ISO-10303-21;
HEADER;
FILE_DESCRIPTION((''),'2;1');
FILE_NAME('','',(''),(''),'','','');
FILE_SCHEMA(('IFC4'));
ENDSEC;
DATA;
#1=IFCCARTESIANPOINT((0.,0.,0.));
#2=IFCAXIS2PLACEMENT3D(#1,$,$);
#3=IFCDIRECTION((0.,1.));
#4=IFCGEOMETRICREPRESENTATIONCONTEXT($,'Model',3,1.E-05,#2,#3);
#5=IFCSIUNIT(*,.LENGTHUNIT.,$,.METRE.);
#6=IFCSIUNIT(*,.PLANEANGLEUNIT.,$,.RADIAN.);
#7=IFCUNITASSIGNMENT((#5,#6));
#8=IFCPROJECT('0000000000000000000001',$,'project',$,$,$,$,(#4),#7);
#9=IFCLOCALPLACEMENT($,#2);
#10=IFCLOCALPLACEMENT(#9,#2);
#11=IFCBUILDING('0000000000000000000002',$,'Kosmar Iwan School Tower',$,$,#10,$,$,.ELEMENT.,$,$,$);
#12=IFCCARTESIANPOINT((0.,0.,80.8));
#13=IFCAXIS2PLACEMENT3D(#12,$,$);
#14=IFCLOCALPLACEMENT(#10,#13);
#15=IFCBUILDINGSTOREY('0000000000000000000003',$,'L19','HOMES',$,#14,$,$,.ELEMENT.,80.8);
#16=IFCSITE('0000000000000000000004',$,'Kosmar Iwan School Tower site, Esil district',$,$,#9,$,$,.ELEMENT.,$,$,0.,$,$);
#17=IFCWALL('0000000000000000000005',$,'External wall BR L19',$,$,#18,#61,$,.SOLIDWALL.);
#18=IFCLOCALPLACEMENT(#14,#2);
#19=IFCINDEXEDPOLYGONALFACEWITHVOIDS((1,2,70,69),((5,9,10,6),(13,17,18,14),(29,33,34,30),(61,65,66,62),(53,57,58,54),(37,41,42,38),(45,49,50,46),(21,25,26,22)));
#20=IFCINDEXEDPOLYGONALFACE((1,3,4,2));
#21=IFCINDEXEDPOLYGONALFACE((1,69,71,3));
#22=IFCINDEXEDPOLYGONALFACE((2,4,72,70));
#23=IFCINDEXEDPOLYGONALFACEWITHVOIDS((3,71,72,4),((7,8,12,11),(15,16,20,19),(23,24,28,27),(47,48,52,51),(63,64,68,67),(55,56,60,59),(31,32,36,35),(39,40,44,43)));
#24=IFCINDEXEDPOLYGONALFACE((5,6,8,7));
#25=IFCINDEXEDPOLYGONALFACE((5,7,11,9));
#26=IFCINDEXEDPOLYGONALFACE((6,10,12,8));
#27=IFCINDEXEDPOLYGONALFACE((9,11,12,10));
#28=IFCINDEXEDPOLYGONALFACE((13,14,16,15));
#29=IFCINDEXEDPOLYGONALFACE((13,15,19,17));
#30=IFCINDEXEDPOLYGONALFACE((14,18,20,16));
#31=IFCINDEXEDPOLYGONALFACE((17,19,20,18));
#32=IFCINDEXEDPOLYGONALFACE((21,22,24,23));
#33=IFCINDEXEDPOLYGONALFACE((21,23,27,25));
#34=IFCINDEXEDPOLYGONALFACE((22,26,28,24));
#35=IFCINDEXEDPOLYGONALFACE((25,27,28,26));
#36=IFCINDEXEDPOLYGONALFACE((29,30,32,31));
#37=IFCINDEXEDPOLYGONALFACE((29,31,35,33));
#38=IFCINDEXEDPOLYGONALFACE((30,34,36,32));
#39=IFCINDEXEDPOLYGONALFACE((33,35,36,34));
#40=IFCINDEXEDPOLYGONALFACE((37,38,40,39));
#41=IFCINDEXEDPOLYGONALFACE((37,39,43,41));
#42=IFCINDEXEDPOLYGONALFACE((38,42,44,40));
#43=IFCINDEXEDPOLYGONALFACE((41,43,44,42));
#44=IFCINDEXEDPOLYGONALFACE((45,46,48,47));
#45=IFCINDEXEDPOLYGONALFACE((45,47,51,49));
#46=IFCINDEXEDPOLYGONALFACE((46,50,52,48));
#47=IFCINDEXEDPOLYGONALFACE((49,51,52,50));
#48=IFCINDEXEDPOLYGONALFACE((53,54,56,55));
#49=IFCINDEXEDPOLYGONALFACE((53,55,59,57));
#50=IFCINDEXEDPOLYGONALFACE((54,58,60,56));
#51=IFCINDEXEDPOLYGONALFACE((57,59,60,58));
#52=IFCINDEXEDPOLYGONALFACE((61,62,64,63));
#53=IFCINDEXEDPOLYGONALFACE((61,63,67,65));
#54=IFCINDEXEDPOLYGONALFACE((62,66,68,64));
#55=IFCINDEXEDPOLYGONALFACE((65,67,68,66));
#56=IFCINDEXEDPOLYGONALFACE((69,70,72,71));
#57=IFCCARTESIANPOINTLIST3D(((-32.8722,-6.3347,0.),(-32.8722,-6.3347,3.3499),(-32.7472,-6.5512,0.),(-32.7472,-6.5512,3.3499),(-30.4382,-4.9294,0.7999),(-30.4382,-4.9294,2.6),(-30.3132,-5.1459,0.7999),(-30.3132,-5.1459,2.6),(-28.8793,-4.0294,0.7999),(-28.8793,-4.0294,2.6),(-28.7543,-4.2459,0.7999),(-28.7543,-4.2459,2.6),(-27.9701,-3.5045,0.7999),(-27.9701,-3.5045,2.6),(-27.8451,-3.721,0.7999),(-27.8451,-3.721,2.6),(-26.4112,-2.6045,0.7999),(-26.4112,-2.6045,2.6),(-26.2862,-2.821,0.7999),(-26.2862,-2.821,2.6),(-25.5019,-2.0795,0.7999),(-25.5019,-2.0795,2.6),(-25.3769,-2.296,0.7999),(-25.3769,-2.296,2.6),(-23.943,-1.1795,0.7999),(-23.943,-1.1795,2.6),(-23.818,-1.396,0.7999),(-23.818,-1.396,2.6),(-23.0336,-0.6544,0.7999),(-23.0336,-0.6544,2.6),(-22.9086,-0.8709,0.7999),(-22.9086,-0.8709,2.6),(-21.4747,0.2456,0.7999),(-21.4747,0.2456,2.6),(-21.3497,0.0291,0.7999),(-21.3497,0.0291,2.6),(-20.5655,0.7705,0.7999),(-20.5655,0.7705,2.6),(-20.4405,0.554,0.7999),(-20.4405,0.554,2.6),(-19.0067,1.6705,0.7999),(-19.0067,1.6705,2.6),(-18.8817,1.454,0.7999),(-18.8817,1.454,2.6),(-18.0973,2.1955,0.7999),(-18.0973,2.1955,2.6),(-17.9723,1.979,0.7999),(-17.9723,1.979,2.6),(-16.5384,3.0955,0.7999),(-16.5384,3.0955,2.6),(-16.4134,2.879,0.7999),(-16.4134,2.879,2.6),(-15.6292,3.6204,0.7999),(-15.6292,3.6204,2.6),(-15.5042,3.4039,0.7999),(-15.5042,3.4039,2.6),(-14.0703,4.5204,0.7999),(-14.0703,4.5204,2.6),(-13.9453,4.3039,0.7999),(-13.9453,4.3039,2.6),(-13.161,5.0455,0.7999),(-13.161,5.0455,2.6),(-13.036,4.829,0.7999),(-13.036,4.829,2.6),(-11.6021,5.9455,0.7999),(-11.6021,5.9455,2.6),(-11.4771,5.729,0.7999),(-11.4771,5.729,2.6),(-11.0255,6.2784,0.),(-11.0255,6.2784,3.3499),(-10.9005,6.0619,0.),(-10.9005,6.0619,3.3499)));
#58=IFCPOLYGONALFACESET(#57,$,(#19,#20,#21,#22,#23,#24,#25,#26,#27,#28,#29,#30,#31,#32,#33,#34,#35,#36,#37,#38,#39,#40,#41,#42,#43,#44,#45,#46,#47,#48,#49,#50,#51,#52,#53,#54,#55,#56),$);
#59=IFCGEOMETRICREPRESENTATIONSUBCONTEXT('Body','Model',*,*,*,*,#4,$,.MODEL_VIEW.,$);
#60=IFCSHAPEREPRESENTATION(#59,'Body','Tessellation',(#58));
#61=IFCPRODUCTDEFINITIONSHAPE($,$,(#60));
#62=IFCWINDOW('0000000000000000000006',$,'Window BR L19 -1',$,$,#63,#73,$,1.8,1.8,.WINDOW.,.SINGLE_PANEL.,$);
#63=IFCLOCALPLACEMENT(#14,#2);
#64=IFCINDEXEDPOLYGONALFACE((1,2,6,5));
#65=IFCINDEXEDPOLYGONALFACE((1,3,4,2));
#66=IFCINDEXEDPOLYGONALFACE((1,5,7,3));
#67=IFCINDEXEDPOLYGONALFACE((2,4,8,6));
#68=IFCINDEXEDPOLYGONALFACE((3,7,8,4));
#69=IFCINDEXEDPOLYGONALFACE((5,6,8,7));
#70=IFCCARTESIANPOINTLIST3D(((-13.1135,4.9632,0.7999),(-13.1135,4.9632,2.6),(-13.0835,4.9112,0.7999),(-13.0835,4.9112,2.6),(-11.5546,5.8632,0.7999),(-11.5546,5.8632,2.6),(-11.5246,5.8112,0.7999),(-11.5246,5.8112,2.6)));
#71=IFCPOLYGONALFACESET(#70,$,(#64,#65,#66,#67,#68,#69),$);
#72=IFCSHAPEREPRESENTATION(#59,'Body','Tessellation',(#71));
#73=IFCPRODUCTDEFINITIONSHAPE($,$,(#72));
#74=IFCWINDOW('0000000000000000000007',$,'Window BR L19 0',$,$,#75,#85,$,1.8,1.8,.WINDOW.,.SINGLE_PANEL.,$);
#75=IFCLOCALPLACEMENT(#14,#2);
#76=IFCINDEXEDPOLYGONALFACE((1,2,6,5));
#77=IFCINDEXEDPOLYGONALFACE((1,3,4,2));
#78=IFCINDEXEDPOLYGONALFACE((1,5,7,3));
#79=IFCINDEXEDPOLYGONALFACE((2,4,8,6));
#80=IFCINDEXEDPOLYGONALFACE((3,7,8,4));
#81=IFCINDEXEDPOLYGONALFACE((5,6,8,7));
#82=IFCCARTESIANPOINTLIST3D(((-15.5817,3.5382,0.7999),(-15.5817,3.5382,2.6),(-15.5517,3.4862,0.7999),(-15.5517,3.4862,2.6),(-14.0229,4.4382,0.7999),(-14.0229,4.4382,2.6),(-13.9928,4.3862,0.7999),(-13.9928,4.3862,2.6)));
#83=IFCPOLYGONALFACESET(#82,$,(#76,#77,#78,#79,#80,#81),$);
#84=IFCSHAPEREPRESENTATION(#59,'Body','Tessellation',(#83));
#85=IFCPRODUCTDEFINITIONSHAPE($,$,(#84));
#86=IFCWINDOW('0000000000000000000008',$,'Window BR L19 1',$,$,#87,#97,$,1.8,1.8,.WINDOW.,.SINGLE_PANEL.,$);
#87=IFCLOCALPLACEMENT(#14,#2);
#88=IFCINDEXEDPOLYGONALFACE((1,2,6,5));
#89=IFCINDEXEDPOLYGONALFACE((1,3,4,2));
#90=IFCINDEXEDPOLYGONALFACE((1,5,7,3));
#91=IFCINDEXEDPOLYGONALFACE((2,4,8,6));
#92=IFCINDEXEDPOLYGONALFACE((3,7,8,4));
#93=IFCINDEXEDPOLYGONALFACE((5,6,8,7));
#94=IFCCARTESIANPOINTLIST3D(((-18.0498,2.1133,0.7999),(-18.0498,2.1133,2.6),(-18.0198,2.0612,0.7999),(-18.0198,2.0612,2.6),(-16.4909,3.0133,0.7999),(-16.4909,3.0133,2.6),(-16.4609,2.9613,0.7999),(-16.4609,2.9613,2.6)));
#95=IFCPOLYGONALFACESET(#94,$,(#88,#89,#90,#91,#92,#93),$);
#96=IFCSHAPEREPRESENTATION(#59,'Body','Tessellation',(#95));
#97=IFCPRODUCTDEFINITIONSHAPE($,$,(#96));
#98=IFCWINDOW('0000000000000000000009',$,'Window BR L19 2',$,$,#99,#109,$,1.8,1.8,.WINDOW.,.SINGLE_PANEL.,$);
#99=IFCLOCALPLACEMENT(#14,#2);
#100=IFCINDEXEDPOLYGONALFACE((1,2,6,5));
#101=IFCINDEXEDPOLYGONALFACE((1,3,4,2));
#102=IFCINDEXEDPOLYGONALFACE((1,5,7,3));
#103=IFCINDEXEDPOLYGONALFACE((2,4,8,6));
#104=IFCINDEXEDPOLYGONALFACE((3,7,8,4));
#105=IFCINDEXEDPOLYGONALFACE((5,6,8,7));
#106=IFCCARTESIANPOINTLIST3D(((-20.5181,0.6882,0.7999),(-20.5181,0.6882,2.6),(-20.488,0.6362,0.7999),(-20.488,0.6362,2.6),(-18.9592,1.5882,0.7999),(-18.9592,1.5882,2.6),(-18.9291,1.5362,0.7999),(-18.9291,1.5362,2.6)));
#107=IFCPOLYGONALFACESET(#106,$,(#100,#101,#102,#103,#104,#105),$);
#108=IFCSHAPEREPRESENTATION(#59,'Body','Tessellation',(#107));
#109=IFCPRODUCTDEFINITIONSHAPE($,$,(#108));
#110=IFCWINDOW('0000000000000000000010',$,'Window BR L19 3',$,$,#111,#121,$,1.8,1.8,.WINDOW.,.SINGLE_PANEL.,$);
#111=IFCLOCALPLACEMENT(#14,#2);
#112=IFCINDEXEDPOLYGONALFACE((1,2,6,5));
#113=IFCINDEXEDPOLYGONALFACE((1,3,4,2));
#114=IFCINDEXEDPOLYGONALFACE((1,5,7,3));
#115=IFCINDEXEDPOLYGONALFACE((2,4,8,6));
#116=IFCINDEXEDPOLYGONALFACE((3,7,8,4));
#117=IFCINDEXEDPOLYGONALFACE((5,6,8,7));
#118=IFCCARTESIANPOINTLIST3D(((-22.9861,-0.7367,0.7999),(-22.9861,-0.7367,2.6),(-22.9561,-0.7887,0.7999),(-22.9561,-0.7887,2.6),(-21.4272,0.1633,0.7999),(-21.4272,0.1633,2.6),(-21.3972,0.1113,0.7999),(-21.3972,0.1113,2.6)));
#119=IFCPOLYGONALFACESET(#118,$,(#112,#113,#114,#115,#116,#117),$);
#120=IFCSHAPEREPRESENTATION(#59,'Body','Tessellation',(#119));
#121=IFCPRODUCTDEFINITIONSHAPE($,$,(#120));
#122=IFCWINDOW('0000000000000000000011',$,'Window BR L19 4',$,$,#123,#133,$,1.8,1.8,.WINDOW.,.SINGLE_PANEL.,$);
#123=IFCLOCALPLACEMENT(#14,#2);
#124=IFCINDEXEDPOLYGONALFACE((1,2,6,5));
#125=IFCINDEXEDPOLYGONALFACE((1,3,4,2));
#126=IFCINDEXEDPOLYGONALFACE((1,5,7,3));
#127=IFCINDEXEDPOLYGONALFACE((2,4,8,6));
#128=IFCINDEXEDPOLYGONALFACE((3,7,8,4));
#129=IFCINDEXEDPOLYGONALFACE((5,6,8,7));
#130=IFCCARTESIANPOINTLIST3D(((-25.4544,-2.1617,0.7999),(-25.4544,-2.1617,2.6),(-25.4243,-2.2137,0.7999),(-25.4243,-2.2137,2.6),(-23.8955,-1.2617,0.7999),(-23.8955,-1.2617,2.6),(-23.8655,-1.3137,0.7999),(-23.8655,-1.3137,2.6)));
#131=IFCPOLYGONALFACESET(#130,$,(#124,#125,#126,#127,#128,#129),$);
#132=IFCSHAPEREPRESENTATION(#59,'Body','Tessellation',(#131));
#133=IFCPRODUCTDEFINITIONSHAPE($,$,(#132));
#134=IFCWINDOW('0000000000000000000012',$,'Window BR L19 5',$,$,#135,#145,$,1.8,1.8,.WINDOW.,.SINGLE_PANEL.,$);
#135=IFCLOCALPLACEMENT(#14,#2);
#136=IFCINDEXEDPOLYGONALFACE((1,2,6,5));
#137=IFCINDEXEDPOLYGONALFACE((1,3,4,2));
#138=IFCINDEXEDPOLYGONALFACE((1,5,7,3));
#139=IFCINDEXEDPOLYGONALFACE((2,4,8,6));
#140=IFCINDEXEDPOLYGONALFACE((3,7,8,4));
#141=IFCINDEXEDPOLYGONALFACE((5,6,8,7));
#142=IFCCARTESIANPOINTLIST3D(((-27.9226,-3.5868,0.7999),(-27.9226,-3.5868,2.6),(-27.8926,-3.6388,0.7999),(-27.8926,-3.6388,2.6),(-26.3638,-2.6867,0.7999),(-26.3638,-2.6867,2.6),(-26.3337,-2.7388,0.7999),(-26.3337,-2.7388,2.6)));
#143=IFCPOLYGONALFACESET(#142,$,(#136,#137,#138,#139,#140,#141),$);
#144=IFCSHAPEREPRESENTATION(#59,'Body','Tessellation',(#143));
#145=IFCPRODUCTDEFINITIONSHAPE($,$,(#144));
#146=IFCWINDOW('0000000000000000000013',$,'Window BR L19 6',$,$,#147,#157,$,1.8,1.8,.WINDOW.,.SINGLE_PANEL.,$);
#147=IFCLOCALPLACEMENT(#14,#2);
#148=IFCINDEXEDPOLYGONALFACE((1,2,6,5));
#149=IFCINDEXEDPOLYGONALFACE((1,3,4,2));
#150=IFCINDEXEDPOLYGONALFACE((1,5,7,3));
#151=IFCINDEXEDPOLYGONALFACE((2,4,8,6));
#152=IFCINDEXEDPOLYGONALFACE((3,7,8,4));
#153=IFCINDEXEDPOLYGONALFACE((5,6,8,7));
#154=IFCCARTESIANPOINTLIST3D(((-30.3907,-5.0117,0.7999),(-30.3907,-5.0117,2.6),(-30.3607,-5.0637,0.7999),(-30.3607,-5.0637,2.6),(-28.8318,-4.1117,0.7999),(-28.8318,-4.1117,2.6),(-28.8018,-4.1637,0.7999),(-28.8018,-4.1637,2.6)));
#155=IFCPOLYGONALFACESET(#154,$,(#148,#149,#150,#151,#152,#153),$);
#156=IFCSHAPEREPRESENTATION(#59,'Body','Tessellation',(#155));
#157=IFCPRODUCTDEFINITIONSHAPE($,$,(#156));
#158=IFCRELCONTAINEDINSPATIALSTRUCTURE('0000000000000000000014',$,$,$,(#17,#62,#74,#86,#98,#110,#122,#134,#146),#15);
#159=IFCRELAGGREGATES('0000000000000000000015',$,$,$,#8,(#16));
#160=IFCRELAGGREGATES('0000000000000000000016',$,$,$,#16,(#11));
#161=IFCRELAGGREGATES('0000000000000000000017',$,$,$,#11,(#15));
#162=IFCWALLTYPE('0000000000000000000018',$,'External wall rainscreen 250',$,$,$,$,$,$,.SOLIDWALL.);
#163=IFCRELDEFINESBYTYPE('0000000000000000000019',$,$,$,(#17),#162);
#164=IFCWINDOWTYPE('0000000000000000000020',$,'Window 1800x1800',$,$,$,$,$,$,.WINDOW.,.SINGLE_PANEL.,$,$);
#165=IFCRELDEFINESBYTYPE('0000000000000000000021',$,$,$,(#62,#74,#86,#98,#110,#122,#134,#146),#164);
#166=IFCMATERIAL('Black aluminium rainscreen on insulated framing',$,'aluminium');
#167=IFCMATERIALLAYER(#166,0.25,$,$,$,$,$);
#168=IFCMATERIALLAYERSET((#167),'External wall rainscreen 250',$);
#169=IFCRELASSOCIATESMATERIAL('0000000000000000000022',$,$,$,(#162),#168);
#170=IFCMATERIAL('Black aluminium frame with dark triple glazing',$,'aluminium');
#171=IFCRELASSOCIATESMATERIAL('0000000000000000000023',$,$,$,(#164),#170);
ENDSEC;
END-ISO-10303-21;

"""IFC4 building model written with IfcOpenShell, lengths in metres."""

from ifc_helpers import new_model, si_unit, direction, frame, frame_2d, origin, place, context, subcontext, project, spatial, rectangle, extrude, material, layer, layer_set, type_object, element, fill, save


model = new_model("IFC4")

# Units and contexts
model_context = context("Model", 3, precision=1e-05, world=origin(), true_north=direction((0.0, 1.0)))
body_context = subcontext(model_context, "Body", "Model", "MODEL_VIEW")
ifc_project = project(units=[si_unit("LENGTHUNIT", "METRE"), si_unit("PLANEANGLEUNIT", "RADIAN")], contexts=[model_context])

# Site, building, storey
site_placement = place(None, origin())
site = spatial("IfcSite", under=ifc_project, at=site_placement, Name="Kosmar Iwan School Tower site, Esil district", CompositionType="ELEMENT", RefElevation=0.0)
building_placement = place(site_placement, origin())
building = spatial("IfcBuilding", under=site, at=building_placement, Name="Kosmar Iwan School Tower", CompositionType="ELEMENT")
storey_placement = place(building_placement, frame((0.0, 0.0, 80.8)))
storey = spatial("IfcBuildingStorey", under=building, at=storey_placement, Name="L19", Description="HOMES", CompositionType="ELEMENT", Elevation=80.8)

# Wall, openings, windows
ifc_material_1 = material(Name="Black aluminium rainscreen on insulated framing", Category="aluminium")
ifc_layer_1 = layer(ifc_material_1, 0.25)
ifc_layer_set_1 = layer_set([ifc_layer_1], Name="External wall rainscreen 250")
wall_type_1 = type_object("IfcWallType", Name="External wall rainscreen 250", PredefinedType="SOLIDWALL", material=ifc_layer_set_1)
ifc_material_2 = material(Name="Black aluminium frame with dark triple glazing", Category="aluminium")
window_type = type_object("IfcWindowType", Name="Window 1800x1800", PartitioningType="SINGLE_PANEL", PredefinedType="WINDOW", material=ifc_material_2)
wall_1_placement = place(storey_placement, frame((-10.9629, 6.1702, 0.0), z_axis=(0.0, 0.0, 1.0), x_axis=(-0.866028, -0.499996, 0.0)))
wall_1 = element("IfcWall", 1, at=wall_1_placement, inside=storey, type_object=wall_type_1, Name="External wall BR L19", PredefinedType="SOLIDWALL", context=body_context, shape_type="SweptSolid", body=[
    extrude(rectangle(XDim=25.2263, YDim=0.25, at=frame_2d((12.6133, 0.0))), origin(), (0.0, 0.0, 1.0), 3.3499),
])
opening_1_placement = place(wall_1_placement, frame((0.666, 0.0, 0.8)))
opening_1 = element("IfcOpeningElement", 2, at=opening_1_placement, cuts=wall_1, PredefinedType="OPENING", context=body_context, shape_type="SweptSolid", body=[
    extrude(rectangle(XDim=1.8, YDim=1.8, at=frame_2d((0.8999, 0.8999))), frame((0.0, 0.137, 0.0), z_axis=(0.0, -1.0, 0.0), x_axis=(1.0, 0.0, 0.0)), (0.0, 0.0, 1.0), 0.2739),
])
opening_2_placement = place(wall_1_placement, frame((3.5161, 0.0, 0.8)))
opening_2 = element("IfcOpeningElement", 3, at=opening_2_placement, cuts=wall_1, PredefinedType="OPENING", context=body_context, shape_type="SweptSolid", body=[
    extrude(rectangle(XDim=1.8, YDim=1.8, at=frame_2d((0.8999, 0.8999))), frame((0.0, 0.137, 0.0), z_axis=(0.0, -1.0, 0.0), x_axis=(1.0, 0.0, 0.0)), (0.0, 0.0, 1.0), 0.2739),
])
opening_3_placement = place(wall_1_placement, frame((6.366, 0.0, 0.8)))
opening_3 = element("IfcOpeningElement", 4, at=opening_3_placement, cuts=wall_1, PredefinedType="OPENING", context=body_context, shape_type="SweptSolid", body=[
    extrude(rectangle(XDim=1.8, YDim=1.8, at=frame_2d((0.8999, 0.8999))), frame((0.0, 0.137, 0.0), z_axis=(0.0, -1.0, 0.0), x_axis=(1.0, 0.0, 0.0)), (0.0, 0.0, 1.0), 0.2739),
])
opening_4_placement = place(wall_1_placement, frame((9.2161, 0.0, 0.8)))
opening_4 = element("IfcOpeningElement", 5, at=opening_4_placement, cuts=wall_1, PredefinedType="OPENING", context=body_context, shape_type="SweptSolid", body=[
    extrude(rectangle(XDim=1.8, YDim=1.8, at=frame_2d((0.8999, 0.8999))), frame((0.0, 0.137, 0.0), z_axis=(0.0, -1.0, 0.0), x_axis=(1.0, 0.0, 0.0)), (0.0, 0.0, 1.0), 0.2739),
])
opening_5_placement = place(wall_1_placement, frame((12.0659, 0.0, 0.8)))
opening_5 = element("IfcOpeningElement", 6, at=opening_5_placement, cuts=wall_1, PredefinedType="OPENING", context=body_context, shape_type="SweptSolid", body=[
    extrude(rectangle(XDim=1.8, YDim=1.8, at=frame_2d((0.8999, 0.8999))), frame((0.0, 0.137, 0.0), z_axis=(0.0, -1.0, 0.0), x_axis=(1.0, 0.0, 0.0)), (0.0, 0.0, 1.0), 0.2739),
])
opening_6_placement = place(wall_1_placement, frame((14.916, 0.0, 0.8)))
opening_6 = element("IfcOpeningElement", 7, at=opening_6_placement, cuts=wall_1, PredefinedType="OPENING", context=body_context, shape_type="SweptSolid", body=[
    extrude(rectangle(XDim=1.8, YDim=1.8, at=frame_2d((0.8999, 0.8999))), frame((0.0, 0.137, 0.0), z_axis=(0.0, -1.0, 0.0), x_axis=(1.0, 0.0, 0.0)), (0.0, 0.0, 1.0), 0.2739),
])
opening_7_placement = place(wall_1_placement, frame((17.7661, 0.0, 0.8)))
opening_7 = element("IfcOpeningElement", 8, at=opening_7_placement, cuts=wall_1, PredefinedType="OPENING", context=body_context, shape_type="SweptSolid", body=[
    extrude(rectangle(XDim=1.8, YDim=1.8, at=frame_2d((0.8999, 0.8999))), frame((0.0, 0.137, 0.0), z_axis=(0.0, -1.0, 0.0), x_axis=(1.0, 0.0, 0.0)), (0.0, 0.0, 1.0), 0.2739),
])
opening_8_placement = place(wall_1_placement, frame((20.616, 0.0, 0.8)))
opening_8 = element("IfcOpeningElement", 9, at=opening_8_placement, cuts=wall_1, PredefinedType="OPENING", context=body_context, shape_type="SweptSolid", body=[
    extrude(rectangle(XDim=1.8, YDim=1.8, at=frame_2d((0.8999, 0.8999))), frame((0.0, 0.137, 0.0), z_axis=(0.0, -1.0, 0.0), x_axis=(1.0, 0.0, 0.0)), (0.0, 0.0, 1.0), 0.2739),
])
window_1_placement = place(opening_1_placement, origin())
window_1 = element("IfcWindow", 10, at=window_1_placement, inside=storey, type_object=window_type, Name="Window BR L19 -1", OverallHeight=1.8, OverallWidth=1.8, PartitioningType="SINGLE_PANEL", PredefinedType="WINDOW", context=body_context, shape_type="SweptSolid", body=[
    extrude(rectangle(XDim=1.8, YDim=1.8, at=frame_2d((0.8999, 0.8999))), frame((0.0, 0.03, 0.0), z_axis=(0.0, -1.0, 0.0), x_axis=(1.0, 0.0, 0.0)), (0.0, 0.0, 1.0), 0.0601),
])
fill(opening_1, window_1)
window_2_placement = place(opening_2_placement, origin())
window_2 = element("IfcWindow", 11, at=window_2_placement, inside=storey, type_object=window_type, Name="Window BR L19 0", OverallHeight=1.8, OverallWidth=1.8, PartitioningType="SINGLE_PANEL", PredefinedType="WINDOW", context=body_context, shape_type="SweptSolid", body=[
    extrude(rectangle(XDim=1.8, YDim=1.8, at=frame_2d((0.8999, 0.8999))), frame((0.0, 0.03, 0.0), z_axis=(0.0, -1.0, 0.0), x_axis=(1.0, 0.0, 0.0)), (0.0, 0.0, 1.0), 0.0601),
])
fill(opening_2, window_2)
window_3_placement = place(opening_3_placement, origin())
window_3 = element("IfcWindow", 12, at=window_3_placement, inside=storey, type_object=window_type, Name="Window BR L19 1", OverallHeight=1.8, OverallWidth=1.8, PartitioningType="SINGLE_PANEL", PredefinedType="WINDOW", context=body_context, shape_type="SweptSolid", body=[
    extrude(rectangle(XDim=1.8, YDim=1.8, at=frame_2d((0.8999, 0.8999))), frame((0.0, 0.03, 0.0), z_axis=(0.0, -1.0, 0.0), x_axis=(1.0, 0.0, 0.0)), (0.0, 0.0, 1.0), 0.0601),
])
fill(opening_3, window_3)
window_4_placement = place(opening_4_placement, origin())
window_4 = element("IfcWindow", 13, at=window_4_placement, inside=storey, type_object=window_type, Name="Window BR L19 2", OverallHeight=1.8, OverallWidth=1.8, PartitioningType="SINGLE_PANEL", PredefinedType="WINDOW", context=body_context, shape_type="SweptSolid", body=[
    extrude(rectangle(XDim=1.8, YDim=1.8, at=frame_2d((0.8999, 0.8999))), frame((0.0, 0.03, 0.0), z_axis=(0.0, -1.0, 0.0), x_axis=(1.0, 0.0, 0.0)), (0.0, 0.0, 1.0), 0.0601),
])
fill(opening_4, window_4)
window_5_placement = place(opening_5_placement, origin())
window_5 = element("IfcWindow", 14, at=window_5_placement, inside=storey, type_object=window_type, Name="Window BR L19 3", OverallHeight=1.8, OverallWidth=1.8, PartitioningType="SINGLE_PANEL", PredefinedType="WINDOW", context=body_context, shape_type="SweptSolid", body=[
    extrude(rectangle(XDim=1.8, YDim=1.8, at=frame_2d((0.8999, 0.8999))), frame((0.0, 0.03, 0.0), z_axis=(0.0, -1.0, 0.0), x_axis=(1.0, 0.0, 0.0)), (0.0, 0.0, 1.0), 0.0601),
])
fill(opening_5, window_5)
window_6_placement = place(opening_6_placement, origin())
window_6 = element("IfcWindow", 15, at=window_6_placement, inside=storey, type_object=window_type, Name="Window BR L19 4", OverallHeight=1.8, OverallWidth=1.8, PartitioningType="SINGLE_PANEL", PredefinedType="WINDOW", context=body_context, shape_type="SweptSolid", body=[
    extrude(rectangle(XDim=1.8, YDim=1.8, at=frame_2d((0.8999, 0.8999))), frame((0.0, 0.03, 0.0), z_axis=(0.0, -1.0, 0.0), x_axis=(1.0, 0.0, 0.0)), (0.0, 0.0, 1.0), 0.0601),
])
fill(opening_6, window_6)
window_7_placement = place(opening_7_placement, origin())
window_7 = element("IfcWindow", 16, at=window_7_placement, inside=storey, type_object=window_type, Name="Window BR L19 5", OverallHeight=1.8, OverallWidth=1.8, PartitioningType="SINGLE_PANEL", PredefinedType="WINDOW", context=body_context, shape_type="SweptSolid", body=[
    extrude(rectangle(XDim=1.8, YDim=1.8, at=frame_2d((0.8999, 0.8999))), frame((0.0, 0.03, 0.0), z_axis=(0.0, -1.0, 0.0), x_axis=(1.0, 0.0, 0.0)), (0.0, 0.0, 1.0), 0.0601),
])
fill(opening_7, window_7)
window_8_placement = place(opening_8_placement, origin())
window_8 = element("IfcWindow", 17, at=window_8_placement, inside=storey, type_object=window_type, Name="Window BR L19 6", OverallHeight=1.8, OverallWidth=1.8, PartitioningType="SINGLE_PANEL", PredefinedType="WINDOW", context=body_context, shape_type="SweptSolid", body=[
    extrude(rectangle(XDim=1.8, YDim=1.8, at=frame_2d((0.8999, 0.8999))), frame((0.0, 0.03, 0.0), z_axis=(0.0, -1.0, 0.0), x_axis=(1.0, 0.0, 0.0)), (0.0, 0.0, 1.0), 0.0601),
])
fill(opening_8, window_8)

save(model, "model.ifc")
